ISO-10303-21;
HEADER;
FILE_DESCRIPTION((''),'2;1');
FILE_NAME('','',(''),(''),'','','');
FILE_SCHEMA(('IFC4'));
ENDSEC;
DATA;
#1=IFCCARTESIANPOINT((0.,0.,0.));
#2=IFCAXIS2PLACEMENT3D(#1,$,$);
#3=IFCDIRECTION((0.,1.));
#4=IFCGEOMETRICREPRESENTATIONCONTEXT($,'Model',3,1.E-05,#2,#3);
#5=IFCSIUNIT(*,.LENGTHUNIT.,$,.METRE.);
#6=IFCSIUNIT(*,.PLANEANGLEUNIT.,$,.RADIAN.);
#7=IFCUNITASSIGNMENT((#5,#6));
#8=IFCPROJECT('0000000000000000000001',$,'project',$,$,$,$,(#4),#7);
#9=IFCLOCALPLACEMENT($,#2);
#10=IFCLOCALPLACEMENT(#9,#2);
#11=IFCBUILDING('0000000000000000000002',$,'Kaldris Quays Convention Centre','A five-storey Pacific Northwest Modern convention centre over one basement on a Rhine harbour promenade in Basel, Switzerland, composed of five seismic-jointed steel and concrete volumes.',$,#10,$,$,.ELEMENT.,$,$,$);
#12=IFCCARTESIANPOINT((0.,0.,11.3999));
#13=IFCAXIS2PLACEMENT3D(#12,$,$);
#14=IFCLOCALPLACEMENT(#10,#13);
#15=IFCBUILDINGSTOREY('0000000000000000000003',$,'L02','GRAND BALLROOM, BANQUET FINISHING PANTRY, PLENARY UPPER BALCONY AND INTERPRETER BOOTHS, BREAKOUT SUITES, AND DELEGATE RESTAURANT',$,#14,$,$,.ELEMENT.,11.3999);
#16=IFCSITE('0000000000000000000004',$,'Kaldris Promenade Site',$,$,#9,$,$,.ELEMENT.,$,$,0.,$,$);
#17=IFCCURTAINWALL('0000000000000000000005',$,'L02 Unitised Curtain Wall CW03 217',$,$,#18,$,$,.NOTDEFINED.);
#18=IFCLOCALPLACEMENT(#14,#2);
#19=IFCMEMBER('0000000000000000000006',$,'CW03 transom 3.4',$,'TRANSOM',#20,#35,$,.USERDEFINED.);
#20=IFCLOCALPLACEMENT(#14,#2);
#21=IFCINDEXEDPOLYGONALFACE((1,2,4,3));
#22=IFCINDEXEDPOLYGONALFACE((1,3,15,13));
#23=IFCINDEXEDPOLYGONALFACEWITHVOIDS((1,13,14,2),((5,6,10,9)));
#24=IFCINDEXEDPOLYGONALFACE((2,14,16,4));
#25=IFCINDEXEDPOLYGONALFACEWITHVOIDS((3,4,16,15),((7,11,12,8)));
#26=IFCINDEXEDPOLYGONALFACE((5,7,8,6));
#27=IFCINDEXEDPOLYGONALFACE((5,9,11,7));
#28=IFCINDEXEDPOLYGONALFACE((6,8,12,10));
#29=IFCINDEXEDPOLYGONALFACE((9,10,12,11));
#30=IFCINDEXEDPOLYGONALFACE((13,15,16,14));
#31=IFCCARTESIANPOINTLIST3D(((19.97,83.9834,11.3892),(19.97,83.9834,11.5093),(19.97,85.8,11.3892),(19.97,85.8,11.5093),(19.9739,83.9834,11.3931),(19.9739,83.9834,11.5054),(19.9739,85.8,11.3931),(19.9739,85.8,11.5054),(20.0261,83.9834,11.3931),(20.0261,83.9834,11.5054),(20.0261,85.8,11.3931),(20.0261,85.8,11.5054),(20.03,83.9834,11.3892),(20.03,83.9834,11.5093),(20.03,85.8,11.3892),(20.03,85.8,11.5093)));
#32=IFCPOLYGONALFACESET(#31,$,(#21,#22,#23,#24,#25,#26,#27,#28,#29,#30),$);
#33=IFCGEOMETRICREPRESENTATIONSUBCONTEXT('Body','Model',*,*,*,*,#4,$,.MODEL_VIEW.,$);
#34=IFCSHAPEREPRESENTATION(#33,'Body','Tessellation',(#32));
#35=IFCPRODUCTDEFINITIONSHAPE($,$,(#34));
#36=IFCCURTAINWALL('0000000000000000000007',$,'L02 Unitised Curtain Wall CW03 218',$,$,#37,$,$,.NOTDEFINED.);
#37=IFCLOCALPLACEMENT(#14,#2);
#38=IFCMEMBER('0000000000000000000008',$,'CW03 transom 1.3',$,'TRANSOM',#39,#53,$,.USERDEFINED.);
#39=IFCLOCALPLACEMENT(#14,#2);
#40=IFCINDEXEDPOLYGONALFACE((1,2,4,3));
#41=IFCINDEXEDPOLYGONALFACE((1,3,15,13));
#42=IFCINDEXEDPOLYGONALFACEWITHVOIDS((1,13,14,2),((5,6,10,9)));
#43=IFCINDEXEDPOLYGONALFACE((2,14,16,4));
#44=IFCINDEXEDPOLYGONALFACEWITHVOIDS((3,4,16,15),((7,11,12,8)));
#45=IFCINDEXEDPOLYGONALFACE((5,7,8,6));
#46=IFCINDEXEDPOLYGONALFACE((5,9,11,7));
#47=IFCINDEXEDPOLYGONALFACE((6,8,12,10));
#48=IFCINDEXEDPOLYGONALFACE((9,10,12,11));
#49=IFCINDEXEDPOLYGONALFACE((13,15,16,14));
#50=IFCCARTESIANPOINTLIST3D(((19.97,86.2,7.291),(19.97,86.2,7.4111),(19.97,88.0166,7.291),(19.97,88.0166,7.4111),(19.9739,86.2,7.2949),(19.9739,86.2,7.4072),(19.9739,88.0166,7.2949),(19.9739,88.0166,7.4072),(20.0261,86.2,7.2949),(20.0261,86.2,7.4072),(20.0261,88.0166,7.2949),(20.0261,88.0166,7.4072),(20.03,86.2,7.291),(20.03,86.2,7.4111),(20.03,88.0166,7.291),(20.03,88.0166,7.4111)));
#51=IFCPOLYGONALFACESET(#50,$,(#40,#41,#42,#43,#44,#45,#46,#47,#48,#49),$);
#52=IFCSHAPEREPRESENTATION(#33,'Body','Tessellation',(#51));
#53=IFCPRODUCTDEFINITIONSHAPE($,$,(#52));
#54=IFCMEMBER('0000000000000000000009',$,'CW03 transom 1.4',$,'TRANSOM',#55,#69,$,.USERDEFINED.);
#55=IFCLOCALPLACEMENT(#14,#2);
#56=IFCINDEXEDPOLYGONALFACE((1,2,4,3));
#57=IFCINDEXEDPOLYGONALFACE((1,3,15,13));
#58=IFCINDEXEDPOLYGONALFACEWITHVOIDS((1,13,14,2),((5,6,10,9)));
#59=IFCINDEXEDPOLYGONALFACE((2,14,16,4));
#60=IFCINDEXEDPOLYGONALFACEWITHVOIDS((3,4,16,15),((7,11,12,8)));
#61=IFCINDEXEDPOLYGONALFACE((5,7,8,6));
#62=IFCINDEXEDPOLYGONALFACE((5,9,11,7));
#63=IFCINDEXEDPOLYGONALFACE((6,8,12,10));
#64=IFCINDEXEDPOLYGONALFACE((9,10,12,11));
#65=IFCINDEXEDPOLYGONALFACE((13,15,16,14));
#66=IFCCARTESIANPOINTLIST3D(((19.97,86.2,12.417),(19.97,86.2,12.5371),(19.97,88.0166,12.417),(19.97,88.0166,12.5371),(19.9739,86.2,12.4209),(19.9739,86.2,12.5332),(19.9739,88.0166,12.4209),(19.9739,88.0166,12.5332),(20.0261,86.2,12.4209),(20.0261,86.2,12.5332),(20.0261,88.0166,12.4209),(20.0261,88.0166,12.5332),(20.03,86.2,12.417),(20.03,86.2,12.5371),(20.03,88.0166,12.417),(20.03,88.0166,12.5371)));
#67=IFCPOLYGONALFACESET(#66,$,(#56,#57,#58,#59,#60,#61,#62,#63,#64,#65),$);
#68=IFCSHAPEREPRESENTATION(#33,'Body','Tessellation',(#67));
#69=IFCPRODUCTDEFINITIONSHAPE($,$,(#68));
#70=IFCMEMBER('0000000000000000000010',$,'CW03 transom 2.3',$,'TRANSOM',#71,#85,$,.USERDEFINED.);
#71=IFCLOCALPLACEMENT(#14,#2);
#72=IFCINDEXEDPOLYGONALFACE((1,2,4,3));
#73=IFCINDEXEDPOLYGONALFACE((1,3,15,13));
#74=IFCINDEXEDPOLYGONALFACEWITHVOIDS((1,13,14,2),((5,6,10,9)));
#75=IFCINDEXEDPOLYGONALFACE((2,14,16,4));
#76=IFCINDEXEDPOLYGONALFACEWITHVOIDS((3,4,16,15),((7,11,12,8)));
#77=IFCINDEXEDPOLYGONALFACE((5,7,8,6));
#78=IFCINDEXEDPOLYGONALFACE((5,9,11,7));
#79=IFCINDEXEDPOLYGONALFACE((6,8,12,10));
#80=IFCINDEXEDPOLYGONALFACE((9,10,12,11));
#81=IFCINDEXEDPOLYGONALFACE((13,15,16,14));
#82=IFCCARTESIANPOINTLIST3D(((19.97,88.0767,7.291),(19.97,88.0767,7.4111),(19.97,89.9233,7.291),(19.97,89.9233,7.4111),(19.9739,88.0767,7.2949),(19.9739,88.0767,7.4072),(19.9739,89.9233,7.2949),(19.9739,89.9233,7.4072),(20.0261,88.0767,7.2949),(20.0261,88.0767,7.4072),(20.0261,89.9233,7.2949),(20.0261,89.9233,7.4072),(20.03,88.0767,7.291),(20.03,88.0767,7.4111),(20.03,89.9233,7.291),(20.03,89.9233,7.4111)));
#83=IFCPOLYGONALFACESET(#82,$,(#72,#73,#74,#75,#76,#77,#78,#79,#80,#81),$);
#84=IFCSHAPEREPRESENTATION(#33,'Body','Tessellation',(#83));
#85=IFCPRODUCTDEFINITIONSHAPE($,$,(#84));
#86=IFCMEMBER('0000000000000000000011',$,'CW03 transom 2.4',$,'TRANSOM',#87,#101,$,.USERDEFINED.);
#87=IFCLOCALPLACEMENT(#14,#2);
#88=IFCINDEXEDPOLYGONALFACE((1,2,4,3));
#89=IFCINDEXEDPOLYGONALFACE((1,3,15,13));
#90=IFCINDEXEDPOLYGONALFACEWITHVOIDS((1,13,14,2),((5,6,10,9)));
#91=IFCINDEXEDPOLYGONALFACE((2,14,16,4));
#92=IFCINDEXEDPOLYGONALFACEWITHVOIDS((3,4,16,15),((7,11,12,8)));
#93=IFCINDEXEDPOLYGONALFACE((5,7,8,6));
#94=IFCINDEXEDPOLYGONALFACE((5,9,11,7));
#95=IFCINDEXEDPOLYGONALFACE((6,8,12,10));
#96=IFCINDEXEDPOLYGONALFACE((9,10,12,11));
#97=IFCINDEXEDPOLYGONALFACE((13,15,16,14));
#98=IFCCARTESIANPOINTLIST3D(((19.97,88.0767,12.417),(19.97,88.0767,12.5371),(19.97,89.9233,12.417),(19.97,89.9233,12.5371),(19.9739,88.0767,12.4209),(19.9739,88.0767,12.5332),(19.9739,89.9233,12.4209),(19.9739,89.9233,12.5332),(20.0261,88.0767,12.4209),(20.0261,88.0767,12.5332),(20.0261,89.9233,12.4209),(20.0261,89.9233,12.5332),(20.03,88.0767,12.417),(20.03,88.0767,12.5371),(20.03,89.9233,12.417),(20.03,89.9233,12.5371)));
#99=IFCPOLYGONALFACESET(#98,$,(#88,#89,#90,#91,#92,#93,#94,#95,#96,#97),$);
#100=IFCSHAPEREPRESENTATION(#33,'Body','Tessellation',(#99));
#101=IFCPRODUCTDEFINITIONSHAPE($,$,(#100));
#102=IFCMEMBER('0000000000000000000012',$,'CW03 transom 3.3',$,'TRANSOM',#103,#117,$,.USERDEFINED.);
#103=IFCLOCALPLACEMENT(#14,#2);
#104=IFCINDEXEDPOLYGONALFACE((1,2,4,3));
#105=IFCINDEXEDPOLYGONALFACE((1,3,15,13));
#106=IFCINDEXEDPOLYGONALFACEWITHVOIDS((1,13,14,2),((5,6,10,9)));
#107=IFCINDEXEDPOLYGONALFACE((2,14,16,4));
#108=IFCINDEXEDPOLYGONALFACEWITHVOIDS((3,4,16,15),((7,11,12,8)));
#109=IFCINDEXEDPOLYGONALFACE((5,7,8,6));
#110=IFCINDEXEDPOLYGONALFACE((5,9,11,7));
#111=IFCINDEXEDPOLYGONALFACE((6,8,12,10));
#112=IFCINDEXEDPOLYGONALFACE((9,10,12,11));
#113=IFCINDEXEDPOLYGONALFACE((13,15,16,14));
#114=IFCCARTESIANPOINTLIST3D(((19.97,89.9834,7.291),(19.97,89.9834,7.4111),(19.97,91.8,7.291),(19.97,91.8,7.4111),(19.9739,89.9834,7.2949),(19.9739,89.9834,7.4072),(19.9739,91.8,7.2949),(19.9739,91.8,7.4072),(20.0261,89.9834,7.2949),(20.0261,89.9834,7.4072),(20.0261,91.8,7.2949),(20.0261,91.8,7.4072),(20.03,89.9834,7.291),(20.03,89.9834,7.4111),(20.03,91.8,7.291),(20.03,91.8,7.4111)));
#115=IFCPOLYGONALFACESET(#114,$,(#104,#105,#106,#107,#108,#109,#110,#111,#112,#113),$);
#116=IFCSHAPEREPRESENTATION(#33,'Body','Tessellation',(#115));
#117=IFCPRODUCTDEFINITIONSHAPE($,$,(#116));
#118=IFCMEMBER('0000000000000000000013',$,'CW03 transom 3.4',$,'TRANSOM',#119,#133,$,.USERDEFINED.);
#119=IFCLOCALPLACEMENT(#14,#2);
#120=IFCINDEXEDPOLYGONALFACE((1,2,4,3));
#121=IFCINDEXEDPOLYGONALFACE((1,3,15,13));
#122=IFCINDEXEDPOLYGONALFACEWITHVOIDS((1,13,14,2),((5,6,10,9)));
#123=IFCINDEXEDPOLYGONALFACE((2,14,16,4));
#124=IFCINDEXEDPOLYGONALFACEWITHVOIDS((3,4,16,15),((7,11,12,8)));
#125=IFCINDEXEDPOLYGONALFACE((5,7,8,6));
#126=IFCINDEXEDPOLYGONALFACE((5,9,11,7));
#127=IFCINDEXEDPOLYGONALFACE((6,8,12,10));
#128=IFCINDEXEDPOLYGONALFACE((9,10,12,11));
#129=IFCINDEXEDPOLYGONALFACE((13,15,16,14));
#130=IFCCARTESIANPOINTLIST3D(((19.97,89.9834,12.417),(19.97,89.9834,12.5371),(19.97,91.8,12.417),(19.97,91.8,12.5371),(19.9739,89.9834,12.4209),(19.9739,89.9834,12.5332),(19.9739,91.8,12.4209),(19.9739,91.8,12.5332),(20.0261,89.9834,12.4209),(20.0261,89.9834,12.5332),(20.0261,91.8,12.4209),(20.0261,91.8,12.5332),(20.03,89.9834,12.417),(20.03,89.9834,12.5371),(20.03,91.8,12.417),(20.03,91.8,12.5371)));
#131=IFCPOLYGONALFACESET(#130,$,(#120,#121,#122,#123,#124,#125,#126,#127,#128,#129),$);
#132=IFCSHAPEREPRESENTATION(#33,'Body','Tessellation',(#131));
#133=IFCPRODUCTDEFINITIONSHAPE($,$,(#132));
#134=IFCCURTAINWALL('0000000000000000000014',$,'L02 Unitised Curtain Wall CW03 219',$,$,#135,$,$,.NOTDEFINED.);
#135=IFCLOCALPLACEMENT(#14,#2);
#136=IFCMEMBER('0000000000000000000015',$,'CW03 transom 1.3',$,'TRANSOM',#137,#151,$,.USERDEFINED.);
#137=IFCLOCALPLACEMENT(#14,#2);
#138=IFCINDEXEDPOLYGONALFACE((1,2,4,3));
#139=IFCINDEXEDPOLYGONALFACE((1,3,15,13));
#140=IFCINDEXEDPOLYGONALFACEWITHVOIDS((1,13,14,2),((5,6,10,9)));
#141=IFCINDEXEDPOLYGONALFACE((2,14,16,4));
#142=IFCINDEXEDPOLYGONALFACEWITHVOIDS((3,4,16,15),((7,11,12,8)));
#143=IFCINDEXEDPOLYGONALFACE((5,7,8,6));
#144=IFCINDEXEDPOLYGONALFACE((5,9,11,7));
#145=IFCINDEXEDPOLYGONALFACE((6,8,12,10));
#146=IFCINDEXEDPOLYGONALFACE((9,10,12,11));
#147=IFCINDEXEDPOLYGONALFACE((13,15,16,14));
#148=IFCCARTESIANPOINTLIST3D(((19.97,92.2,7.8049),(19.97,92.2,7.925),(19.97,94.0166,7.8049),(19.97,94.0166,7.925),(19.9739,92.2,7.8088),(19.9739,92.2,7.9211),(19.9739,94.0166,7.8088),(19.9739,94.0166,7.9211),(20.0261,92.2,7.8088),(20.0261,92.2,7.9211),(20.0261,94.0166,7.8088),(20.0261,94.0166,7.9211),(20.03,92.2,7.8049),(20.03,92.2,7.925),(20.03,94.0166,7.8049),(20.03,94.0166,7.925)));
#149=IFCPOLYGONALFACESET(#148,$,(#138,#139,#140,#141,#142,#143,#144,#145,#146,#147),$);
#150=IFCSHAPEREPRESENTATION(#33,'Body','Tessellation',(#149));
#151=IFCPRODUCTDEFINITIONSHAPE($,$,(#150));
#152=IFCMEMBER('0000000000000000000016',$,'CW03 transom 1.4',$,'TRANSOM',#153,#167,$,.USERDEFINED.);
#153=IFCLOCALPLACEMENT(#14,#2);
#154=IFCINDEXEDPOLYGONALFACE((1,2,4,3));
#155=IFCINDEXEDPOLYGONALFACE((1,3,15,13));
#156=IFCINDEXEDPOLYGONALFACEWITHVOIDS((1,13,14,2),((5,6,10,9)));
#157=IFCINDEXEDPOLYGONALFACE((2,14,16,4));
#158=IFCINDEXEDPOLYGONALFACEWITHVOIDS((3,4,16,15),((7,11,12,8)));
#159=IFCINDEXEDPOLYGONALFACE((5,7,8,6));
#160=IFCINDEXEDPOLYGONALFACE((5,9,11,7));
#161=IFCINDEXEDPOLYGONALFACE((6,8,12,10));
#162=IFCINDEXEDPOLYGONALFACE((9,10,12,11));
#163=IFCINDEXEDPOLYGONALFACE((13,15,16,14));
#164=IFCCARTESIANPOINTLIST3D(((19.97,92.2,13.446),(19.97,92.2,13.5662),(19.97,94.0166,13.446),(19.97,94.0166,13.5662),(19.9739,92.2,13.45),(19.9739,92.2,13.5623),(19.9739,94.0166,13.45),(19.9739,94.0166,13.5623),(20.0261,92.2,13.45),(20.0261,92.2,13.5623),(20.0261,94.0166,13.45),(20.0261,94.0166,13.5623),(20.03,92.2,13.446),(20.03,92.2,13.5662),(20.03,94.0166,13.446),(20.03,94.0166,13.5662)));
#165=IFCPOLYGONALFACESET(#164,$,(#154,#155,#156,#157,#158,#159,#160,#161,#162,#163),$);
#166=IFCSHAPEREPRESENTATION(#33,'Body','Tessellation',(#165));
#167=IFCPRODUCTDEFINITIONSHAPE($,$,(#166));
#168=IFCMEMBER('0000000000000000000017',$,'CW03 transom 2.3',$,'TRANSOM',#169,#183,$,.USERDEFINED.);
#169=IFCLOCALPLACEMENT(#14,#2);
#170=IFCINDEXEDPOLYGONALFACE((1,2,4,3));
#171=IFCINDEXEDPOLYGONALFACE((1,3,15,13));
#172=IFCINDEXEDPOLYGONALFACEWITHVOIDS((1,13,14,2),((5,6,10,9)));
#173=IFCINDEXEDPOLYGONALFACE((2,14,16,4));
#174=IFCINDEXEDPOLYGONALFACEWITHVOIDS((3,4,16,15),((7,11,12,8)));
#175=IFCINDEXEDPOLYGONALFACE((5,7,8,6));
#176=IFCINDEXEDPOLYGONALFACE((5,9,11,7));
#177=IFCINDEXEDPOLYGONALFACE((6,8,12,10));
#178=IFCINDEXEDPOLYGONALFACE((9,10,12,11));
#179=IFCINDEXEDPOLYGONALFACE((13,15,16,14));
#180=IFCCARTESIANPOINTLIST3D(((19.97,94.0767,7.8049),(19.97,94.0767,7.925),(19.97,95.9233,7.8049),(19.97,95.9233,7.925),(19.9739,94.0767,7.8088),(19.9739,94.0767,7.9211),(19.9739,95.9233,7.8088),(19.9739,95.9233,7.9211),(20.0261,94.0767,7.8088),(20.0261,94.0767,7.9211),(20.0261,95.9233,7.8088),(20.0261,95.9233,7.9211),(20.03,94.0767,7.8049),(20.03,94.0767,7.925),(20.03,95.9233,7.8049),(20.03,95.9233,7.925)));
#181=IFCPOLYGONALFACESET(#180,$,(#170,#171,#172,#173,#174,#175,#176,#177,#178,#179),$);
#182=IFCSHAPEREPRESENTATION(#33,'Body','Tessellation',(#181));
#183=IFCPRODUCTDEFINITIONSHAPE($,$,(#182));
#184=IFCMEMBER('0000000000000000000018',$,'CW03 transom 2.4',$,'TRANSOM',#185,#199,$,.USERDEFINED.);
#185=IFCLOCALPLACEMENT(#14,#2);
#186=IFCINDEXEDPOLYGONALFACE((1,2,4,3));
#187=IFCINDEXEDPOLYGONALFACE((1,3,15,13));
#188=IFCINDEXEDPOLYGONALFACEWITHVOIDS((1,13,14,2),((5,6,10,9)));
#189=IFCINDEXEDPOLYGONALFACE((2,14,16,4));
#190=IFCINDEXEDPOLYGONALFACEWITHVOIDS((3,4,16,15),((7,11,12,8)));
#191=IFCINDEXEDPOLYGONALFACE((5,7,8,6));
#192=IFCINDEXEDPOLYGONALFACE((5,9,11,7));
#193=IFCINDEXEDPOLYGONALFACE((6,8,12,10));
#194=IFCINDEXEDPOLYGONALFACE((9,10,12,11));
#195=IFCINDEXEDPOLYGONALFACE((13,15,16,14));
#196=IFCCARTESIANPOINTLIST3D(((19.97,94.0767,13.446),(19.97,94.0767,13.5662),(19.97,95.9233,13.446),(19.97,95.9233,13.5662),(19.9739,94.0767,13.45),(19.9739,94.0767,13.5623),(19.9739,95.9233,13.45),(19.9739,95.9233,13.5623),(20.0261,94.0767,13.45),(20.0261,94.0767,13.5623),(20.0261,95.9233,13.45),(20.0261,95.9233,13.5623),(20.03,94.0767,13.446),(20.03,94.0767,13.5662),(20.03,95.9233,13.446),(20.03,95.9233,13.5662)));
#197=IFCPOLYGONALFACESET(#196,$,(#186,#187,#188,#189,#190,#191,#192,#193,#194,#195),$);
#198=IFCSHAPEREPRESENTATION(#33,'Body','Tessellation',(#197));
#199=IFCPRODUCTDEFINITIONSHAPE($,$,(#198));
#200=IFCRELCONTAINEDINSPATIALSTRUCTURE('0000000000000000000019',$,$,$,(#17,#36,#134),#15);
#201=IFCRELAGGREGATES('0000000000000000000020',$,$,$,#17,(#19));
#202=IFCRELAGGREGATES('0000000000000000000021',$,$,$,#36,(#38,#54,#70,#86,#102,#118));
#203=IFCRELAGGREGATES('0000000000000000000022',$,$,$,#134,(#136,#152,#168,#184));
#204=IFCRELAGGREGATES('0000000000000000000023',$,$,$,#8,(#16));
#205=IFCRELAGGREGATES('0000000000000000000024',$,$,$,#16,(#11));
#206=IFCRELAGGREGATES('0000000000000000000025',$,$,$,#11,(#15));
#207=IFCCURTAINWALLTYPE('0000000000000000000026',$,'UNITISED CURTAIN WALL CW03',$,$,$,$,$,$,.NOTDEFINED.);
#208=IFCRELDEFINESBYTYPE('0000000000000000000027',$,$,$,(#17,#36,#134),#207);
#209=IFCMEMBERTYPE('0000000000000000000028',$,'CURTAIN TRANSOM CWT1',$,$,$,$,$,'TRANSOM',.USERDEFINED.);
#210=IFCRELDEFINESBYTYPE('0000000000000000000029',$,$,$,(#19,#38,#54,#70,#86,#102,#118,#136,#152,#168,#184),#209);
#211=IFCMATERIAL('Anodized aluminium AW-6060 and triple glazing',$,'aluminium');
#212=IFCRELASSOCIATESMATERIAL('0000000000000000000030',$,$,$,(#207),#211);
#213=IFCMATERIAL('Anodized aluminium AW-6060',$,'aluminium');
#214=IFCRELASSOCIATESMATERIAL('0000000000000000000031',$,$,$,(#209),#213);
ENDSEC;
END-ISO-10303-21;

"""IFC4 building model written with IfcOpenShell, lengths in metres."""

from ifc_helpers import new_model, si_unit, direction, frame, origin, origin_2d, place, context, subcontext, project, spatial, hollow_rectangle, extrude, material, material_profile, profile_set, type_object, element, aggregate, save


model = new_model("IFC4")

# Units and contexts
model_context = context("Model", 3, precision=1e-05, world=origin(), true_north=direction((0.0, 1.0)))
body_context = subcontext(model_context, "Body", "Model", "MODEL_VIEW")
ifc_project = project(units=[si_unit("LENGTHUNIT", "METRE"), si_unit("PLANEANGLEUNIT", "RADIAN")], contexts=[model_context])

# Site, building, storey
site_placement = place(None, origin())
site = spatial("IfcSite", under=ifc_project, at=site_placement, Name="Kaldris Promenade Site", CompositionType="ELEMENT", RefElevation=0.0)
building_placement = place(site_placement, origin())
building = spatial("IfcBuilding", under=site, at=building_placement, Name="Kaldris Quays Convention Centre", Description="A five-storey Pacific Northwest Modern convention centre over one basement on a Rhine harbour promenade in Basel, Switzerland, composed of five seismic-jointed steel and concrete volumes.", CompositionType="ELEMENT")
storey_placement = place(building_placement, frame((0.0, 0.0, 11.3999)))
storey = spatial("IfcBuildingStorey", under=building, at=storey_placement, Name="L02", Description="GRAND BALLROOM, BANQUET FINISHING PANTRY, PLENARY UPPER BALCONY AND INTERPRETER BOOTHS, BREAKOUT SUITES, AND DELEGATE RESTAURANT", CompositionType="ELEMENT", Elevation=11.3999)

# Curtain wall, member
ifc_material_1 = material(Name="Anodized aluminium AW-6060 and triple glazing", Category="aluminium")
curtain_wall_type = type_object("IfcCurtainWallType", Name="UNITISED CURTAIN WALL CW03", PredefinedType="NOTDEFINED", material=ifc_material_1)
curtain_wall_1_placement = place(storey_placement, origin())
curtain_wall_1 = element("IfcCurtainWall", 1, at=curtain_wall_1_placement, inside=storey, type_object=curtain_wall_type, Name="L02 Unitised Curtain Wall CW03 217", PredefinedType="NOTDEFINED")
ifc_material_2 = material(Name="Anodized aluminium AW-6060", Category="aluminium")
ifc_material_profile_1 = material_profile(ifc_material_2, hollow_rectangle(XDim=0.0601, YDim=0.1201, WallThickness=0.0039, at=origin_2d()), Name="RHS 120x60x4")
ifc_profile_set_1 = profile_set([ifc_material_profile_1], Name="Anodized aluminium AW-6060")
member_type_1 = type_object("IfcMemberType", Name="CURTAIN TRANSOM CWT1", ElementType="TRANSOM", PredefinedType="USERDEFINED", material=ifc_profile_set_1)
member_1_placement = place(storey_placement, frame((20.0, 83.9834, 11.4492), z_axis=(0.0, 1.0, 0.0), x_axis=(-1.0, 0.0, 0.0)))
member_1 = element("IfcMember", 2, at=member_1_placement, type_object=member_type_1, Name="CW03 transom 3.4", ObjectType="TRANSOM", PredefinedType="USERDEFINED", context=body_context, shape_type="SweptSolid", body=[
    extrude(hollow_rectangle(XDim=0.0601, YDim=0.1201, WallThickness=0.0039, at=origin_2d()), origin(), (0.0, 0.0, 1.0), 1.8167),
])

# Curtain walls, members
curtain_wall_2_placement = place(storey_placement, origin())
curtain_wall_2 = element("IfcCurtainWall", 3, at=curtain_wall_2_placement, inside=storey, type_object=curtain_wall_type, Name="L02 Unitised Curtain Wall CW03 218", PredefinedType="NOTDEFINED")
member_2_placement = place(storey_placement, frame((20.0, 86.2, 7.3511), z_axis=(0.0, 1.0, 0.0), x_axis=(-1.0, 0.0, 0.0)))
member_2 = element("IfcMember", 4, at=member_2_placement, type_object=member_type_1, Name="CW03 transom 1.3", ObjectType="TRANSOM", PredefinedType="USERDEFINED", context=body_context, shape_type="SweptSolid", body=[
    extrude(hollow_rectangle(XDim=0.0601, YDim=0.1201, WallThickness=0.0039, at=origin_2d()), origin(), (0.0, 0.0, 1.0), 1.8167),
])
member_3_placement = place(storey_placement, frame((20.0, 86.2, 12.4771), z_axis=(0.0, 1.0, 0.0), x_axis=(-1.0, 0.0, 0.0)))
member_3 = element("IfcMember", 5, at=member_3_placement, type_object=member_type_1, Name="CW03 transom 1.4", ObjectType="TRANSOM", PredefinedType="USERDEFINED", context=body_context, shape_type="SweptSolid", body=[
    extrude(hollow_rectangle(XDim=0.0601, YDim=0.1201, WallThickness=0.0039, at=origin_2d()), origin(), (0.0, 0.0, 1.0), 1.8167),
])
member_4_placement = place(storey_placement, frame((20.0, 88.0767, 7.3511), z_axis=(0.0, 1.0, 0.0), x_axis=(-1.0, 0.0, 0.0)))
member_4 = element("IfcMember", 6, at=member_4_placement, type_object=member_type_1, Name="CW03 transom 2.3", ObjectType="TRANSOM", PredefinedType="USERDEFINED", context=body_context, shape_type="SweptSolid", body=[
    extrude(hollow_rectangle(XDim=0.0601, YDim=0.1201, WallThickness=0.0039, at=origin_2d()), origin(), (0.0, 0.0, 1.0), 1.8467),
])
member_5_placement = place(storey_placement, frame((20.0, 88.0767, 12.4771), z_axis=(0.0, 1.0, 0.0), x_axis=(-1.0, 0.0, 0.0)))
member_5 = element("IfcMember", 7, at=member_5_placement, type_object=member_type_1, Name="CW03 transom 2.4", ObjectType="TRANSOM", PredefinedType="USERDEFINED", context=body_context, shape_type="SweptSolid", body=[
    extrude(hollow_rectangle(XDim=0.0601, YDim=0.1201, WallThickness=0.0039, at=origin_2d()), origin(), (0.0, 0.0, 1.0), 1.8467),
])
member_6_placement = place(storey_placement, frame((20.0, 89.9834, 7.3511), z_axis=(0.0, 1.0, 0.0), x_axis=(-1.0, 0.0, 0.0)))
member_6 = element("IfcMember", 8, at=member_6_placement, type_object=member_type_1, Name="CW03 transom 3.3", ObjectType="TRANSOM", PredefinedType="USERDEFINED", context=body_context, shape_type="SweptSolid", body=[
    extrude(hollow_rectangle(XDim=0.0601, YDim=0.1201, WallThickness=0.0039, at=origin_2d()), origin(), (0.0, 0.0, 1.0), 1.8167),
])
member_7_placement = place(storey_placement, frame((20.0, 89.9834, 12.4771), z_axis=(0.0, 1.0, 0.0), x_axis=(-1.0, 0.0, 0.0)))
member_7 = element("IfcMember", 9, at=member_7_placement, type_object=member_type_1, Name="CW03 transom 3.4", ObjectType="TRANSOM", PredefinedType="USERDEFINED", context=body_context, shape_type="SweptSolid", body=[
    extrude(hollow_rectangle(XDim=0.0601, YDim=0.1201, WallThickness=0.0039, at=origin_2d()), origin(), (0.0, 0.0, 1.0), 1.8167),
])
curtain_wall_3_placement = place(storey_placement, origin())
curtain_wall_3 = element("IfcCurtainWall", 10, at=curtain_wall_3_placement, inside=storey, type_object=curtain_wall_type, Name="L02 Unitised Curtain Wall CW03 219", PredefinedType="NOTDEFINED")
member_8_placement = place(storey_placement, frame((20.0, 92.2, 7.865), z_axis=(0.0, 1.0, 0.0), x_axis=(-1.0, 0.0, 0.0)))
member_8 = element("IfcMember", 11, at=member_8_placement, type_object=member_type_1, Name="CW03 transom 1.3", ObjectType="TRANSOM", PredefinedType="USERDEFINED", context=body_context, shape_type="SweptSolid", body=[
    extrude(hollow_rectangle(XDim=0.0601, YDim=0.1201, WallThickness=0.0039, at=origin_2d()), origin(), (0.0, 0.0, 1.0), 1.8167),
])
member_9_placement = place(storey_placement, frame((20.0, 92.2, 13.5061), z_axis=(0.0, 1.0, 0.0), x_axis=(-1.0, 0.0, 0.0)))
member_9 = element("IfcMember", 12, at=member_9_placement, type_object=member_type_1, Name="CW03 transom 1.4", ObjectType="TRANSOM", PredefinedType="USERDEFINED", context=body_context, shape_type="SweptSolid", body=[
    extrude(hollow_rectangle(XDim=0.0601, YDim=0.1201, WallThickness=0.0039, at=origin_2d()), origin(), (0.0, 0.0, 1.0), 1.8167),
])
member_10_placement = place(storey_placement, frame((20.0, 94.0767, 7.865), z_axis=(0.0, 1.0, 0.0), x_axis=(-1.0, 0.0, 0.0)))
member_10 = element("IfcMember", 13, at=member_10_placement, type_object=member_type_1, Name="CW03 transom 2.3", ObjectType="TRANSOM", PredefinedType="USERDEFINED", context=body_context, shape_type="SweptSolid", body=[
    extrude(hollow_rectangle(XDim=0.0601, YDim=0.1201, WallThickness=0.0039, at=origin_2d()), origin(), (0.0, 0.0, 1.0), 1.8467),
])
member_11_placement = place(storey_placement, frame((20.0, 94.0767, 13.5061), z_axis=(0.0, 1.0, 0.0), x_axis=(-1.0, 0.0, 0.0)))
member_11 = element("IfcMember", 14, at=member_11_placement, type_object=member_type_1, Name="CW03 transom 2.4", ObjectType="TRANSOM", PredefinedType="USERDEFINED", context=body_context, shape_type="SweptSolid", body=[
    extrude(hollow_rectangle(XDim=0.0601, YDim=0.1201, WallThickness=0.0039, at=origin_2d()), origin(), (0.0, 0.0, 1.0), 1.8467),
])

aggregate(curtain_wall_1, [member_1])
aggregate(curtain_wall_2, [member_2, member_3, member_4, member_5, member_6, member_7])
aggregate(curtain_wall_3, [member_8, member_9, member_10, member_11])

save(model, "model.ifc")
